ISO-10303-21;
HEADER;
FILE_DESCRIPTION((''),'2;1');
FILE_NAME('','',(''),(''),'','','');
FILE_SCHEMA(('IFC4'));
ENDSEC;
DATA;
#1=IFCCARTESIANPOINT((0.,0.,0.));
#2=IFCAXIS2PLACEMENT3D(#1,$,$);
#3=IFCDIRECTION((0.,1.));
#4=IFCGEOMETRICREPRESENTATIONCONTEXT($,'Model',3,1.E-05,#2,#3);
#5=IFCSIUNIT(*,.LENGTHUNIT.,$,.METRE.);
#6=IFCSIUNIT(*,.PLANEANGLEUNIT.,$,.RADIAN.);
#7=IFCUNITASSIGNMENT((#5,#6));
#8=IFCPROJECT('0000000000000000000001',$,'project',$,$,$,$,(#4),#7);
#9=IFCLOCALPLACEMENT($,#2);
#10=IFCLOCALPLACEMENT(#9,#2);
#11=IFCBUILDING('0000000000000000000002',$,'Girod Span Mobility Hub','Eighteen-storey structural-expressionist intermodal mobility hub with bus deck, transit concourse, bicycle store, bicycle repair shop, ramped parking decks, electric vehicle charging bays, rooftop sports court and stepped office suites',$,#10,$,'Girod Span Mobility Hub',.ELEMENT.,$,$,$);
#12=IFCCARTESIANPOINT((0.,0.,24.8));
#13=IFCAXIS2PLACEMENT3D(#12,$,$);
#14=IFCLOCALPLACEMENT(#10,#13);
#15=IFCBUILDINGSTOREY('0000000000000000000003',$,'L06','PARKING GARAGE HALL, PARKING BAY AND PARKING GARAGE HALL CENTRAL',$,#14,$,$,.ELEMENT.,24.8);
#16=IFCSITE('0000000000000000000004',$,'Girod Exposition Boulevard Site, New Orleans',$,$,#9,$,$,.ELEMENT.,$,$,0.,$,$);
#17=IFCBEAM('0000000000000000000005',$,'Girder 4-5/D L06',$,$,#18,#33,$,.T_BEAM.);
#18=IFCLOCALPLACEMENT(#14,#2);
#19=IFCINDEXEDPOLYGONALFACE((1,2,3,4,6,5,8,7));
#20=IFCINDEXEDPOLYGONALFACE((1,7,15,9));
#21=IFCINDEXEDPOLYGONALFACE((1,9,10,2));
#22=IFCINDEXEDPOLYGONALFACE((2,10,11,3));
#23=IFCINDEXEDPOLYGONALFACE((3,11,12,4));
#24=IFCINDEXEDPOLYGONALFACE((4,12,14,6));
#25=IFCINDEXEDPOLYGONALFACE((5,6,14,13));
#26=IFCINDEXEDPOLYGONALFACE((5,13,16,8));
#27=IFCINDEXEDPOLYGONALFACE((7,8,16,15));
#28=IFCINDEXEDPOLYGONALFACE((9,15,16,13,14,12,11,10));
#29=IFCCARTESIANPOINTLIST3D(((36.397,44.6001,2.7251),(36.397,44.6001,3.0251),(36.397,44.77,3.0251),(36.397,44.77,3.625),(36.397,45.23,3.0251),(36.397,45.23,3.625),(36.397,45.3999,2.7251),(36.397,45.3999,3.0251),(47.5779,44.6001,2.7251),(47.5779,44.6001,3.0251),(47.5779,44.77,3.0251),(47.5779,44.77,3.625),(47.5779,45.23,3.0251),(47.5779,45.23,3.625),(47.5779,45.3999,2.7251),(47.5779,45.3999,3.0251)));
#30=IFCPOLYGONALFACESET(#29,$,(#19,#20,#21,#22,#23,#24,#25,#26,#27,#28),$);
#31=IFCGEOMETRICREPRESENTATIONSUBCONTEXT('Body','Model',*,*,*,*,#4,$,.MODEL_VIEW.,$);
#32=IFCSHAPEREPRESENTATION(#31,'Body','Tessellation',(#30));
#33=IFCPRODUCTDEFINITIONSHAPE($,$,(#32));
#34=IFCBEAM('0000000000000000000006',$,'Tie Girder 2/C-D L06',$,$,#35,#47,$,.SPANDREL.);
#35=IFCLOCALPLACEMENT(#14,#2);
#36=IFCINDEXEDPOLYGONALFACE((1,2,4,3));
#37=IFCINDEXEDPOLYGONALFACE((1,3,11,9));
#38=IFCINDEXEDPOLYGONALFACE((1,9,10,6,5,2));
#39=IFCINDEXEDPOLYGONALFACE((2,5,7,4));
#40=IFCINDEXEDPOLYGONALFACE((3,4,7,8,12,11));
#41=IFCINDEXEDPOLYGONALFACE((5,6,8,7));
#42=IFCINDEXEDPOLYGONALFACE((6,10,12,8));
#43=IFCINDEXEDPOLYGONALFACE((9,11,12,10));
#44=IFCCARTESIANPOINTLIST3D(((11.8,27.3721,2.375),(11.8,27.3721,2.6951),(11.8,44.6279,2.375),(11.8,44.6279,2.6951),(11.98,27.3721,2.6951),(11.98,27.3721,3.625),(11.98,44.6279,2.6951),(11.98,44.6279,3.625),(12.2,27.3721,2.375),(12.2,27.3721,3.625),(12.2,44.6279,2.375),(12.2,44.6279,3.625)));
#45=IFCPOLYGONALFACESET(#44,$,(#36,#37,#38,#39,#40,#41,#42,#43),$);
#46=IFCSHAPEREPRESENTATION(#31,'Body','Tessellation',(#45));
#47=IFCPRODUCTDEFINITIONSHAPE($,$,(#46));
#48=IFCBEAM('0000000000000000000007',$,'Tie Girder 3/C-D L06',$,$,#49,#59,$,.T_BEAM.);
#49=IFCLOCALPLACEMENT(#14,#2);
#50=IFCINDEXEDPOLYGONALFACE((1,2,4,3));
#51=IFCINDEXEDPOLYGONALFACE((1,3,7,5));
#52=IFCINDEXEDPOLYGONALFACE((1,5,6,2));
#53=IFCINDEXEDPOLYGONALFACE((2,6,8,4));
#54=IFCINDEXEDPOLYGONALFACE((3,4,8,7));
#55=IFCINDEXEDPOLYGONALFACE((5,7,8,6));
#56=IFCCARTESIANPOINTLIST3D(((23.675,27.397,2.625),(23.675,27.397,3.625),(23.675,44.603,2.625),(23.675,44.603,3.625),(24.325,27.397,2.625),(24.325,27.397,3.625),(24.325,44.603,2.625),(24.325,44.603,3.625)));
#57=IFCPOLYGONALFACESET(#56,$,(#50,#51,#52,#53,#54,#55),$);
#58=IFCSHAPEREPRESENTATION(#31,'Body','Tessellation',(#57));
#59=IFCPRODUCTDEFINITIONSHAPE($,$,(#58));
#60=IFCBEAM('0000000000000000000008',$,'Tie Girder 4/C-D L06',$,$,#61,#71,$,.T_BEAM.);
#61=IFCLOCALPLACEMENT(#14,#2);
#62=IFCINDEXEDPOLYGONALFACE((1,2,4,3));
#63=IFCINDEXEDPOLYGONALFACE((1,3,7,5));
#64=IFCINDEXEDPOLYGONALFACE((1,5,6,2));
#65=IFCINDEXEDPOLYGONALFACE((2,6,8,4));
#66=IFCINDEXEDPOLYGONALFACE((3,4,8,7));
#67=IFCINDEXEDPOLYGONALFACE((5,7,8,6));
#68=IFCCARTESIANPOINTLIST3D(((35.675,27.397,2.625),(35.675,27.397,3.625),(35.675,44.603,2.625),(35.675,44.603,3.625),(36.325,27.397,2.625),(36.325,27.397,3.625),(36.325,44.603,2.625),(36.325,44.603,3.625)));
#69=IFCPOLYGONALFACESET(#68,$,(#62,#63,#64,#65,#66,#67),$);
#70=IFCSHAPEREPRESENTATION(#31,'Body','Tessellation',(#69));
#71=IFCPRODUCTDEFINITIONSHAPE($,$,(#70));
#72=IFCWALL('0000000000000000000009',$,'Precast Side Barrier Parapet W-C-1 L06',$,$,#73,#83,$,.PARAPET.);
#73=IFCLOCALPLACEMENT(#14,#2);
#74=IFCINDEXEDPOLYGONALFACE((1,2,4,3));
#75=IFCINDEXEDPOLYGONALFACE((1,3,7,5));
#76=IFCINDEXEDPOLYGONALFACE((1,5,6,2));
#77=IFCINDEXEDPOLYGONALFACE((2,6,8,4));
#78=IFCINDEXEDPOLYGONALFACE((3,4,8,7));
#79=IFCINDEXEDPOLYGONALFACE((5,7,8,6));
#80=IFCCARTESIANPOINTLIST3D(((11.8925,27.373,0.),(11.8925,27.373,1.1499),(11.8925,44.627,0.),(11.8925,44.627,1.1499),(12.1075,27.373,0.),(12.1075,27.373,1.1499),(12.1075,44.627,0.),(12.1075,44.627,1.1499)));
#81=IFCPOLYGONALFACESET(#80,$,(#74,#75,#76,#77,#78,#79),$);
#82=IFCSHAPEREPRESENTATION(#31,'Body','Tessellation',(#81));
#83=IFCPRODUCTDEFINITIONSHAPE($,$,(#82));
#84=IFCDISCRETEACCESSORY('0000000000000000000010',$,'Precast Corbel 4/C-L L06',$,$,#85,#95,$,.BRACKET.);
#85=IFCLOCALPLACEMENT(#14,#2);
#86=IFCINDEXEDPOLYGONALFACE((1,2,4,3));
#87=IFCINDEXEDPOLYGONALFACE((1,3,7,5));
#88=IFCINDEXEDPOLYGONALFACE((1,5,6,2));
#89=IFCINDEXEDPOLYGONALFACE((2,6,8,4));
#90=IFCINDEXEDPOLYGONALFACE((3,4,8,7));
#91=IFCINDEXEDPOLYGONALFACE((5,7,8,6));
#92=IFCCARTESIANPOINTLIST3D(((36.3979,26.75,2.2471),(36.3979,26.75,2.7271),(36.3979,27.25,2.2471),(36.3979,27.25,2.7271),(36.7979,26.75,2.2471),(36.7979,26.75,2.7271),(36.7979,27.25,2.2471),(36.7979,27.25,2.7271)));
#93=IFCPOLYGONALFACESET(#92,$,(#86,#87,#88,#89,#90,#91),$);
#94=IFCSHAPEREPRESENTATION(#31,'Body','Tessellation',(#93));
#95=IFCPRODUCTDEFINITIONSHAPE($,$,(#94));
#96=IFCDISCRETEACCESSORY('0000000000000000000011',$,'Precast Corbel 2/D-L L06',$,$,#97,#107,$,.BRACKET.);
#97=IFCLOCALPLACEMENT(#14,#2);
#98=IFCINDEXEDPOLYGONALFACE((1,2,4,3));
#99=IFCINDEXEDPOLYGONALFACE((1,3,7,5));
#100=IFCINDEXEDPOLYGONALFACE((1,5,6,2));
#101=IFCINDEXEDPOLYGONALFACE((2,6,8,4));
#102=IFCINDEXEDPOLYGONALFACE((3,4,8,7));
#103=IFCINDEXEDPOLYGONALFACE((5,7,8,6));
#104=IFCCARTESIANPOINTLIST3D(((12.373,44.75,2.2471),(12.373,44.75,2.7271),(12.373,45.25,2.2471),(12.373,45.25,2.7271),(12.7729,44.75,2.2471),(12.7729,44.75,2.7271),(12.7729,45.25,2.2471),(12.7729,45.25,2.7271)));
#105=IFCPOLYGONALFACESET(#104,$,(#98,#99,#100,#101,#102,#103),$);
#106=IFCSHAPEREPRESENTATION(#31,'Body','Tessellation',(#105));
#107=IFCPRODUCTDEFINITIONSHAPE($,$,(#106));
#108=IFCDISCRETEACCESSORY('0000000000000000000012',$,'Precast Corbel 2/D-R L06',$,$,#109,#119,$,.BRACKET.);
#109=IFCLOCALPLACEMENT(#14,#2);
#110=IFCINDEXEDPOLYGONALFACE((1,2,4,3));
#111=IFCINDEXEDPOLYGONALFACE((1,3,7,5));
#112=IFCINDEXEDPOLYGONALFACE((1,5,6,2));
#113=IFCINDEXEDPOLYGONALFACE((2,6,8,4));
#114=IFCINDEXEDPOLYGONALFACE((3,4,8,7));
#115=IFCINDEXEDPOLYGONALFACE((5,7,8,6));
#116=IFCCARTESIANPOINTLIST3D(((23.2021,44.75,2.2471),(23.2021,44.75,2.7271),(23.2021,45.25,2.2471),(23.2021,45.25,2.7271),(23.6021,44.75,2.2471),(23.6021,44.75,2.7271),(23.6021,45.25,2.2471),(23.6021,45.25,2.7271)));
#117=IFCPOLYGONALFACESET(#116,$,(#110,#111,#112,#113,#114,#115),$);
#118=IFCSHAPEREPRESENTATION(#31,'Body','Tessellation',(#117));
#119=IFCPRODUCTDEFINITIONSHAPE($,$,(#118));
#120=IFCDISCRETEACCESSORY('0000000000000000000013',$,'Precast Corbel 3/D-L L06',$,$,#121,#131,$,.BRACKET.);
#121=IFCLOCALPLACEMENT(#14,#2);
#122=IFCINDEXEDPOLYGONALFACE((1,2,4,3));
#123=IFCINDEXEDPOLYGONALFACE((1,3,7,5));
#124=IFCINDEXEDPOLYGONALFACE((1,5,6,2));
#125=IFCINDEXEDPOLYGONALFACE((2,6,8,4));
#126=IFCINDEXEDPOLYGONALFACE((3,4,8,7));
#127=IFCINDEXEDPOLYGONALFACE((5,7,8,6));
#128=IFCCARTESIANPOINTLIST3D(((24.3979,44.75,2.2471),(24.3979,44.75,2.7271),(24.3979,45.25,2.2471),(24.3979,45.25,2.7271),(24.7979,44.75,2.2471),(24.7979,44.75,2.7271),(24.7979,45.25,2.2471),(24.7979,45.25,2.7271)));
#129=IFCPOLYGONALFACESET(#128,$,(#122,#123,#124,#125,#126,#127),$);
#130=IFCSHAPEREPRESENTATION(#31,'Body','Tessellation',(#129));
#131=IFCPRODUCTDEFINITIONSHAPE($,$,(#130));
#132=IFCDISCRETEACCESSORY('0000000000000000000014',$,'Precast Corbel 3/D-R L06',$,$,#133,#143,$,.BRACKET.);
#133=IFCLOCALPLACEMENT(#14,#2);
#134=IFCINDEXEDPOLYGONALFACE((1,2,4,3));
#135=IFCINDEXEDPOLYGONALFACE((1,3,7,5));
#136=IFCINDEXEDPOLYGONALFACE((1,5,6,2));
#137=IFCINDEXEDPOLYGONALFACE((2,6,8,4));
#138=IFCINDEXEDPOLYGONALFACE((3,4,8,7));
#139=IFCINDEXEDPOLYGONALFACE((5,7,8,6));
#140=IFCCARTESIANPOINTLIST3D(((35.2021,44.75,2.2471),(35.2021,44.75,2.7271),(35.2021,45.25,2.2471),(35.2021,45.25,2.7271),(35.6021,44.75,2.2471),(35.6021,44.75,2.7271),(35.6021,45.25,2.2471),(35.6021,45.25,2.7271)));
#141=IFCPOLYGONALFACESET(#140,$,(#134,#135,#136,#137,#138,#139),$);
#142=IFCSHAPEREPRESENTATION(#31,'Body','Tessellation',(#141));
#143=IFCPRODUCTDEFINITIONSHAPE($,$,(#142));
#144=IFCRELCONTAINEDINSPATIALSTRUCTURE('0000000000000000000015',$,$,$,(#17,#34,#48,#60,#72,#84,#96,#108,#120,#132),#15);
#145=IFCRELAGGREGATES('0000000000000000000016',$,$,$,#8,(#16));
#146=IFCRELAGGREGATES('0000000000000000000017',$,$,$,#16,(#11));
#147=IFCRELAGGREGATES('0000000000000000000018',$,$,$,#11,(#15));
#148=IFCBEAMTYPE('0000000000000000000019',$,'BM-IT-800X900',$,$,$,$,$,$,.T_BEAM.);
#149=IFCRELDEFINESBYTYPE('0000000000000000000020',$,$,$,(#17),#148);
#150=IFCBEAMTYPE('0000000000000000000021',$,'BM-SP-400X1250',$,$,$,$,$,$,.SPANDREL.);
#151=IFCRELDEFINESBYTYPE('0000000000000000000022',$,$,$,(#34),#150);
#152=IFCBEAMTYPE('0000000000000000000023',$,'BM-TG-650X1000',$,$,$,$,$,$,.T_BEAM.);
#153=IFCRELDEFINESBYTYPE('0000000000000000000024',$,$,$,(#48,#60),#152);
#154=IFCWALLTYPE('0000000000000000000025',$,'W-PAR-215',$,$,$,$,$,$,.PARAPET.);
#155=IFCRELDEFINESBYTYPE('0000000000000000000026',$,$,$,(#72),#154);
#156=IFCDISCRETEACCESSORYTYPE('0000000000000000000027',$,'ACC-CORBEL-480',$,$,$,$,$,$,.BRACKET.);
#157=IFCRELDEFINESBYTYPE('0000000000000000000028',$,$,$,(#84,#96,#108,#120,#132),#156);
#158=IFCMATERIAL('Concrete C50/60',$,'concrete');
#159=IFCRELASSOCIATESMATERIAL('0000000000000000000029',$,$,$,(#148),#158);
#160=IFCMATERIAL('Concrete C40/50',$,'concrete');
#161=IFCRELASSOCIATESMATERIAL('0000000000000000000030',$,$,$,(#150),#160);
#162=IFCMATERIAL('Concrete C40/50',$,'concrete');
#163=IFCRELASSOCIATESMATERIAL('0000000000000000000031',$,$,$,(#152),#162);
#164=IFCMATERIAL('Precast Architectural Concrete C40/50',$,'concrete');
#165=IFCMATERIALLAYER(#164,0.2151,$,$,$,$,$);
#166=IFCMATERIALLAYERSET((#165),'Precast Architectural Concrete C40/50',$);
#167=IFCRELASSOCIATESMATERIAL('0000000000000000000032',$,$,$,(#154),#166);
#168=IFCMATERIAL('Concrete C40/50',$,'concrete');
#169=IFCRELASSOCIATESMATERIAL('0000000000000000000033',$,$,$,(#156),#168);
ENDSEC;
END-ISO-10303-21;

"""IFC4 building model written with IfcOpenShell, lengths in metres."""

from ifc_helpers import new_model, si_unit, direction, frame, frame_2d, origin, origin_2d, place, context, subcontext, project, spatial, polyline, rectangle, outline, extrude, material, layer, layer_set, material_profile, profile_set, type_object, element, save


model = new_model("IFC4")

# Units and contexts
model_context = context("Model", 3, precision=1e-05, world=origin(), true_north=direction((0.0, 1.0)))
body_context = subcontext(model_context, "Body", "Model", "MODEL_VIEW")
ifc_project = project(units=[si_unit("LENGTHUNIT", "METRE"), si_unit("PLANEANGLEUNIT", "RADIAN")], contexts=[model_context])

# Site, building, storey
site_placement = place(None, origin())
site = spatial("IfcSite", under=ifc_project, at=site_placement, Name="Girod Exposition Boulevard Site, New Orleans", CompositionType="ELEMENT", RefElevation=0.0)
building_placement = place(site_placement, origin())
building = spatial("IfcBuilding", under=site, at=building_placement, Name="Girod Span Mobility Hub", Description="Eighteen-storey structural-expressionist intermodal mobility hub with bus deck, transit concourse, bicycle store, bicycle repair shop, ramped parking decks, electric vehicle charging bays, rooftop sports court and stepped office suites", LongName="Girod Span Mobility Hub", CompositionType="ELEMENT")
storey_placement = place(building_placement, frame((0.0, 0.0, 24.8)))
storey = spatial("IfcBuildingStorey", under=building, at=storey_placement, Name="L06", Description="PARKING GARAGE HALL, PARKING BAY AND PARKING GARAGE HALL CENTRAL", CompositionType="ELEMENT", Elevation=24.8)

# Beams
ifc_material_1 = material(Name="Concrete C50/60", Category="concrete")
ifc_material_profile_1 = material_profile(ifc_material_1, outline(polyline([(-0.3999, -0.45), (0.3999, -0.45), (0.3999, -0.1499), (0.23, -0.1499), (0.23, 0.45), (-0.23, 0.45), (-0.23, -0.1499), (-0.3999, -0.1499), (-0.3999, -0.45)])), Name="IT-800X900")
ifc_profile_set_1 = profile_set([ifc_material_profile_1], Name="Concrete C50/60")
beam_type_1 = type_object("IfcBeamType", Name="BM-IT-800X900", PredefinedType="T_BEAM", material=ifc_profile_set_1)
beam_1_placement = place(storey_placement, frame((36.397, 45.0, 3.175), z_axis=(1.0, 0.0, 0.0), x_axis=(0.0, 1.0, 0.0)))
element("IfcBeam", 1, at=beam_1_placement, inside=storey, type_object=beam_type_1, Name="Girder 4-5/D L06", PredefinedType="T_BEAM", context=body_context, shape_type="SweptSolid", body=[
    extrude(outline(polyline([(-0.3999, -0.45), (0.3999, -0.45), (0.3999, -0.1499), (0.23, -0.1499), (0.23, 0.45), (-0.23, 0.45), (-0.23, -0.1499), (-0.3999, -0.1499), (-0.3999, -0.45)])), origin(), (0.0, 0.0, 1.0), 11.1809),
])
ifc_material_2 = material(Name="Concrete C40/50", Category="concrete")
ifc_material_profile_2 = material_profile(ifc_material_2, outline(polyline([(-0.2, -0.625), (0.2, -0.625), (0.2, -0.3049), (0.02, -0.3049), (0.02, 0.625), (-0.2, 0.625), (-0.2, -0.625)])), Name="SP-400X1250")
ifc_profile_set_2 = profile_set([ifc_material_profile_2], Name="Concrete C40/50")
beam_type_2 = type_object("IfcBeamType", Name="BM-SP-400X1250", PredefinedType="SPANDREL", material=ifc_profile_set_2)
beam_2_placement = place(storey_placement, frame((12.0, 27.3721, 3.0), z_axis=(0.0, 1.0, 0.0), x_axis=(-1.0, 0.0, 0.0)))
element("IfcBeam", 2, at=beam_2_placement, inside=storey, type_object=beam_type_2, Name="Tie Girder 2/C-D L06", PredefinedType="SPANDREL", context=body_context, shape_type="SweptSolid", body=[
    extrude(outline(polyline([(-0.2, -0.625), (0.2, -0.625), (0.2, -0.3049), (0.02, -0.3049), (0.02, 0.625), (-0.2, 0.625), (-0.2, -0.625)])), origin(), (0.0, 0.0, 1.0), 17.2559),
])
ifc_material_3 = material(Name="Concrete C40/50", Category="concrete")
ifc_material_profile_3 = material_profile(ifc_material_3, rectangle(XDim=0.6499, YDim=1.0, at=origin_2d()), Name="TG-650X1000")
ifc_profile_set_3 = profile_set([ifc_material_profile_3], Name="Concrete C40/50")
beam_type_3 = type_object("IfcBeamType", Name="BM-TG-650X1000", PredefinedType="T_BEAM", material=ifc_profile_set_3)
for number, where, z_axis, x_axis, name in (
    (3, (24.0, 27.397, 3.125), (0.0, 1.0, 0.0), (-1.0, 0.0, 0.0), "Tie Girder 3/C-D L06"),
    (4, (36.0, 27.397, 3.125), (0.0, 1.0, 0.0), (-1.0, 0.0, 0.0), "Tie Girder 4/C-D L06"),
):
    element("IfcBeam", number, at=place(storey_placement, frame(where, z_axis=z_axis, x_axis=x_axis)), inside=storey, type_object=beam_type_3, Name=name, PredefinedType="T_BEAM", context=body_context, shape_type="SweptSolid", body=[
        extrude(rectangle(XDim=0.6499, YDim=1.0, at=origin_2d()), origin(), (0.0, 0.0, 1.0), 17.2061),
    ])

# Wall
ifc_material_4 = material(Name="Precast Architectural Concrete C40/50", Category="concrete")
ifc_layer = layer(ifc_material_4, 0.2151)
ifc_layer_set = layer_set([ifc_layer], Name="Precast Architectural Concrete C40/50")
wall_type = type_object("IfcWallType", Name="W-PAR-215", PredefinedType="PARAPET", material=ifc_layer_set)
wall_placement = place(storey_placement, frame((12.0, 27.373, 0.0), z_axis=(0.0, 0.0, 1.0), x_axis=(0.0, 1.0, 0.0)))
element("IfcWall", 5, at=wall_placement, inside=storey, type_object=wall_type, Name="Precast Side Barrier Parapet W-C-1 L06", PredefinedType="PARAPET", context=body_context, shape_type="SweptSolid", body=[
    extrude(rectangle(XDim=17.2539, YDim=0.2151, at=frame_2d((8.627, 0.0))), origin(), (0.0, 0.0, 1.0), 1.1499),
])

# Discrete accessories
ifc_material_5 = material(Name="Concrete C40/50", Category="concrete")
discrete_accessory_type = type_object("IfcDiscreteAccessoryType", Name="ACC-CORBEL-480", PredefinedType="BRACKET", material=ifc_material_5)
for number, where, z_axis, x_axis, name in (
    (6, (36.5979, 27.0, 2.2471), (0.0, 0.0, 1.0), (1.0, 0.0, 0.0), "Precast Corbel 4/C-L L06"),
    (7, (12.573, 45.0, 2.2471), (0.0, 0.0, 1.0), (1.0, 0.0, 0.0), "Precast Corbel 2/D-L L06"),
    (8, (23.4021, 45.0, 2.2471), (0.0, 0.0, 1.0), (1.0, 0.0, 0.0), "Precast Corbel 2/D-R L06"),
    (9, (24.5979, 45.0, 2.2471), (0.0, 0.0, 1.0), (1.0, 0.0, 0.0), "Precast Corbel 3/D-L L06"),
    (10, (35.4021, 45.0, 2.2471), (0.0, 0.0, 1.0), (1.0, 0.0, 0.0), "Precast Corbel 3/D-R L06"),
):
    element("IfcDiscreteAccessory", number, at=place(storey_placement, frame(where, z_axis=z_axis, x_axis=x_axis)), inside=storey, type_object=discrete_accessory_type, Name=name, PredefinedType="BRACKET", context=body_context, shape_type="SweptSolid", body=[
        extrude(rectangle(XDim=0.3999, YDim=0.5, at=origin_2d()), origin(), (0.0, 0.0, 1.0), 0.48),
    ])

save(model, "model.ifc")
